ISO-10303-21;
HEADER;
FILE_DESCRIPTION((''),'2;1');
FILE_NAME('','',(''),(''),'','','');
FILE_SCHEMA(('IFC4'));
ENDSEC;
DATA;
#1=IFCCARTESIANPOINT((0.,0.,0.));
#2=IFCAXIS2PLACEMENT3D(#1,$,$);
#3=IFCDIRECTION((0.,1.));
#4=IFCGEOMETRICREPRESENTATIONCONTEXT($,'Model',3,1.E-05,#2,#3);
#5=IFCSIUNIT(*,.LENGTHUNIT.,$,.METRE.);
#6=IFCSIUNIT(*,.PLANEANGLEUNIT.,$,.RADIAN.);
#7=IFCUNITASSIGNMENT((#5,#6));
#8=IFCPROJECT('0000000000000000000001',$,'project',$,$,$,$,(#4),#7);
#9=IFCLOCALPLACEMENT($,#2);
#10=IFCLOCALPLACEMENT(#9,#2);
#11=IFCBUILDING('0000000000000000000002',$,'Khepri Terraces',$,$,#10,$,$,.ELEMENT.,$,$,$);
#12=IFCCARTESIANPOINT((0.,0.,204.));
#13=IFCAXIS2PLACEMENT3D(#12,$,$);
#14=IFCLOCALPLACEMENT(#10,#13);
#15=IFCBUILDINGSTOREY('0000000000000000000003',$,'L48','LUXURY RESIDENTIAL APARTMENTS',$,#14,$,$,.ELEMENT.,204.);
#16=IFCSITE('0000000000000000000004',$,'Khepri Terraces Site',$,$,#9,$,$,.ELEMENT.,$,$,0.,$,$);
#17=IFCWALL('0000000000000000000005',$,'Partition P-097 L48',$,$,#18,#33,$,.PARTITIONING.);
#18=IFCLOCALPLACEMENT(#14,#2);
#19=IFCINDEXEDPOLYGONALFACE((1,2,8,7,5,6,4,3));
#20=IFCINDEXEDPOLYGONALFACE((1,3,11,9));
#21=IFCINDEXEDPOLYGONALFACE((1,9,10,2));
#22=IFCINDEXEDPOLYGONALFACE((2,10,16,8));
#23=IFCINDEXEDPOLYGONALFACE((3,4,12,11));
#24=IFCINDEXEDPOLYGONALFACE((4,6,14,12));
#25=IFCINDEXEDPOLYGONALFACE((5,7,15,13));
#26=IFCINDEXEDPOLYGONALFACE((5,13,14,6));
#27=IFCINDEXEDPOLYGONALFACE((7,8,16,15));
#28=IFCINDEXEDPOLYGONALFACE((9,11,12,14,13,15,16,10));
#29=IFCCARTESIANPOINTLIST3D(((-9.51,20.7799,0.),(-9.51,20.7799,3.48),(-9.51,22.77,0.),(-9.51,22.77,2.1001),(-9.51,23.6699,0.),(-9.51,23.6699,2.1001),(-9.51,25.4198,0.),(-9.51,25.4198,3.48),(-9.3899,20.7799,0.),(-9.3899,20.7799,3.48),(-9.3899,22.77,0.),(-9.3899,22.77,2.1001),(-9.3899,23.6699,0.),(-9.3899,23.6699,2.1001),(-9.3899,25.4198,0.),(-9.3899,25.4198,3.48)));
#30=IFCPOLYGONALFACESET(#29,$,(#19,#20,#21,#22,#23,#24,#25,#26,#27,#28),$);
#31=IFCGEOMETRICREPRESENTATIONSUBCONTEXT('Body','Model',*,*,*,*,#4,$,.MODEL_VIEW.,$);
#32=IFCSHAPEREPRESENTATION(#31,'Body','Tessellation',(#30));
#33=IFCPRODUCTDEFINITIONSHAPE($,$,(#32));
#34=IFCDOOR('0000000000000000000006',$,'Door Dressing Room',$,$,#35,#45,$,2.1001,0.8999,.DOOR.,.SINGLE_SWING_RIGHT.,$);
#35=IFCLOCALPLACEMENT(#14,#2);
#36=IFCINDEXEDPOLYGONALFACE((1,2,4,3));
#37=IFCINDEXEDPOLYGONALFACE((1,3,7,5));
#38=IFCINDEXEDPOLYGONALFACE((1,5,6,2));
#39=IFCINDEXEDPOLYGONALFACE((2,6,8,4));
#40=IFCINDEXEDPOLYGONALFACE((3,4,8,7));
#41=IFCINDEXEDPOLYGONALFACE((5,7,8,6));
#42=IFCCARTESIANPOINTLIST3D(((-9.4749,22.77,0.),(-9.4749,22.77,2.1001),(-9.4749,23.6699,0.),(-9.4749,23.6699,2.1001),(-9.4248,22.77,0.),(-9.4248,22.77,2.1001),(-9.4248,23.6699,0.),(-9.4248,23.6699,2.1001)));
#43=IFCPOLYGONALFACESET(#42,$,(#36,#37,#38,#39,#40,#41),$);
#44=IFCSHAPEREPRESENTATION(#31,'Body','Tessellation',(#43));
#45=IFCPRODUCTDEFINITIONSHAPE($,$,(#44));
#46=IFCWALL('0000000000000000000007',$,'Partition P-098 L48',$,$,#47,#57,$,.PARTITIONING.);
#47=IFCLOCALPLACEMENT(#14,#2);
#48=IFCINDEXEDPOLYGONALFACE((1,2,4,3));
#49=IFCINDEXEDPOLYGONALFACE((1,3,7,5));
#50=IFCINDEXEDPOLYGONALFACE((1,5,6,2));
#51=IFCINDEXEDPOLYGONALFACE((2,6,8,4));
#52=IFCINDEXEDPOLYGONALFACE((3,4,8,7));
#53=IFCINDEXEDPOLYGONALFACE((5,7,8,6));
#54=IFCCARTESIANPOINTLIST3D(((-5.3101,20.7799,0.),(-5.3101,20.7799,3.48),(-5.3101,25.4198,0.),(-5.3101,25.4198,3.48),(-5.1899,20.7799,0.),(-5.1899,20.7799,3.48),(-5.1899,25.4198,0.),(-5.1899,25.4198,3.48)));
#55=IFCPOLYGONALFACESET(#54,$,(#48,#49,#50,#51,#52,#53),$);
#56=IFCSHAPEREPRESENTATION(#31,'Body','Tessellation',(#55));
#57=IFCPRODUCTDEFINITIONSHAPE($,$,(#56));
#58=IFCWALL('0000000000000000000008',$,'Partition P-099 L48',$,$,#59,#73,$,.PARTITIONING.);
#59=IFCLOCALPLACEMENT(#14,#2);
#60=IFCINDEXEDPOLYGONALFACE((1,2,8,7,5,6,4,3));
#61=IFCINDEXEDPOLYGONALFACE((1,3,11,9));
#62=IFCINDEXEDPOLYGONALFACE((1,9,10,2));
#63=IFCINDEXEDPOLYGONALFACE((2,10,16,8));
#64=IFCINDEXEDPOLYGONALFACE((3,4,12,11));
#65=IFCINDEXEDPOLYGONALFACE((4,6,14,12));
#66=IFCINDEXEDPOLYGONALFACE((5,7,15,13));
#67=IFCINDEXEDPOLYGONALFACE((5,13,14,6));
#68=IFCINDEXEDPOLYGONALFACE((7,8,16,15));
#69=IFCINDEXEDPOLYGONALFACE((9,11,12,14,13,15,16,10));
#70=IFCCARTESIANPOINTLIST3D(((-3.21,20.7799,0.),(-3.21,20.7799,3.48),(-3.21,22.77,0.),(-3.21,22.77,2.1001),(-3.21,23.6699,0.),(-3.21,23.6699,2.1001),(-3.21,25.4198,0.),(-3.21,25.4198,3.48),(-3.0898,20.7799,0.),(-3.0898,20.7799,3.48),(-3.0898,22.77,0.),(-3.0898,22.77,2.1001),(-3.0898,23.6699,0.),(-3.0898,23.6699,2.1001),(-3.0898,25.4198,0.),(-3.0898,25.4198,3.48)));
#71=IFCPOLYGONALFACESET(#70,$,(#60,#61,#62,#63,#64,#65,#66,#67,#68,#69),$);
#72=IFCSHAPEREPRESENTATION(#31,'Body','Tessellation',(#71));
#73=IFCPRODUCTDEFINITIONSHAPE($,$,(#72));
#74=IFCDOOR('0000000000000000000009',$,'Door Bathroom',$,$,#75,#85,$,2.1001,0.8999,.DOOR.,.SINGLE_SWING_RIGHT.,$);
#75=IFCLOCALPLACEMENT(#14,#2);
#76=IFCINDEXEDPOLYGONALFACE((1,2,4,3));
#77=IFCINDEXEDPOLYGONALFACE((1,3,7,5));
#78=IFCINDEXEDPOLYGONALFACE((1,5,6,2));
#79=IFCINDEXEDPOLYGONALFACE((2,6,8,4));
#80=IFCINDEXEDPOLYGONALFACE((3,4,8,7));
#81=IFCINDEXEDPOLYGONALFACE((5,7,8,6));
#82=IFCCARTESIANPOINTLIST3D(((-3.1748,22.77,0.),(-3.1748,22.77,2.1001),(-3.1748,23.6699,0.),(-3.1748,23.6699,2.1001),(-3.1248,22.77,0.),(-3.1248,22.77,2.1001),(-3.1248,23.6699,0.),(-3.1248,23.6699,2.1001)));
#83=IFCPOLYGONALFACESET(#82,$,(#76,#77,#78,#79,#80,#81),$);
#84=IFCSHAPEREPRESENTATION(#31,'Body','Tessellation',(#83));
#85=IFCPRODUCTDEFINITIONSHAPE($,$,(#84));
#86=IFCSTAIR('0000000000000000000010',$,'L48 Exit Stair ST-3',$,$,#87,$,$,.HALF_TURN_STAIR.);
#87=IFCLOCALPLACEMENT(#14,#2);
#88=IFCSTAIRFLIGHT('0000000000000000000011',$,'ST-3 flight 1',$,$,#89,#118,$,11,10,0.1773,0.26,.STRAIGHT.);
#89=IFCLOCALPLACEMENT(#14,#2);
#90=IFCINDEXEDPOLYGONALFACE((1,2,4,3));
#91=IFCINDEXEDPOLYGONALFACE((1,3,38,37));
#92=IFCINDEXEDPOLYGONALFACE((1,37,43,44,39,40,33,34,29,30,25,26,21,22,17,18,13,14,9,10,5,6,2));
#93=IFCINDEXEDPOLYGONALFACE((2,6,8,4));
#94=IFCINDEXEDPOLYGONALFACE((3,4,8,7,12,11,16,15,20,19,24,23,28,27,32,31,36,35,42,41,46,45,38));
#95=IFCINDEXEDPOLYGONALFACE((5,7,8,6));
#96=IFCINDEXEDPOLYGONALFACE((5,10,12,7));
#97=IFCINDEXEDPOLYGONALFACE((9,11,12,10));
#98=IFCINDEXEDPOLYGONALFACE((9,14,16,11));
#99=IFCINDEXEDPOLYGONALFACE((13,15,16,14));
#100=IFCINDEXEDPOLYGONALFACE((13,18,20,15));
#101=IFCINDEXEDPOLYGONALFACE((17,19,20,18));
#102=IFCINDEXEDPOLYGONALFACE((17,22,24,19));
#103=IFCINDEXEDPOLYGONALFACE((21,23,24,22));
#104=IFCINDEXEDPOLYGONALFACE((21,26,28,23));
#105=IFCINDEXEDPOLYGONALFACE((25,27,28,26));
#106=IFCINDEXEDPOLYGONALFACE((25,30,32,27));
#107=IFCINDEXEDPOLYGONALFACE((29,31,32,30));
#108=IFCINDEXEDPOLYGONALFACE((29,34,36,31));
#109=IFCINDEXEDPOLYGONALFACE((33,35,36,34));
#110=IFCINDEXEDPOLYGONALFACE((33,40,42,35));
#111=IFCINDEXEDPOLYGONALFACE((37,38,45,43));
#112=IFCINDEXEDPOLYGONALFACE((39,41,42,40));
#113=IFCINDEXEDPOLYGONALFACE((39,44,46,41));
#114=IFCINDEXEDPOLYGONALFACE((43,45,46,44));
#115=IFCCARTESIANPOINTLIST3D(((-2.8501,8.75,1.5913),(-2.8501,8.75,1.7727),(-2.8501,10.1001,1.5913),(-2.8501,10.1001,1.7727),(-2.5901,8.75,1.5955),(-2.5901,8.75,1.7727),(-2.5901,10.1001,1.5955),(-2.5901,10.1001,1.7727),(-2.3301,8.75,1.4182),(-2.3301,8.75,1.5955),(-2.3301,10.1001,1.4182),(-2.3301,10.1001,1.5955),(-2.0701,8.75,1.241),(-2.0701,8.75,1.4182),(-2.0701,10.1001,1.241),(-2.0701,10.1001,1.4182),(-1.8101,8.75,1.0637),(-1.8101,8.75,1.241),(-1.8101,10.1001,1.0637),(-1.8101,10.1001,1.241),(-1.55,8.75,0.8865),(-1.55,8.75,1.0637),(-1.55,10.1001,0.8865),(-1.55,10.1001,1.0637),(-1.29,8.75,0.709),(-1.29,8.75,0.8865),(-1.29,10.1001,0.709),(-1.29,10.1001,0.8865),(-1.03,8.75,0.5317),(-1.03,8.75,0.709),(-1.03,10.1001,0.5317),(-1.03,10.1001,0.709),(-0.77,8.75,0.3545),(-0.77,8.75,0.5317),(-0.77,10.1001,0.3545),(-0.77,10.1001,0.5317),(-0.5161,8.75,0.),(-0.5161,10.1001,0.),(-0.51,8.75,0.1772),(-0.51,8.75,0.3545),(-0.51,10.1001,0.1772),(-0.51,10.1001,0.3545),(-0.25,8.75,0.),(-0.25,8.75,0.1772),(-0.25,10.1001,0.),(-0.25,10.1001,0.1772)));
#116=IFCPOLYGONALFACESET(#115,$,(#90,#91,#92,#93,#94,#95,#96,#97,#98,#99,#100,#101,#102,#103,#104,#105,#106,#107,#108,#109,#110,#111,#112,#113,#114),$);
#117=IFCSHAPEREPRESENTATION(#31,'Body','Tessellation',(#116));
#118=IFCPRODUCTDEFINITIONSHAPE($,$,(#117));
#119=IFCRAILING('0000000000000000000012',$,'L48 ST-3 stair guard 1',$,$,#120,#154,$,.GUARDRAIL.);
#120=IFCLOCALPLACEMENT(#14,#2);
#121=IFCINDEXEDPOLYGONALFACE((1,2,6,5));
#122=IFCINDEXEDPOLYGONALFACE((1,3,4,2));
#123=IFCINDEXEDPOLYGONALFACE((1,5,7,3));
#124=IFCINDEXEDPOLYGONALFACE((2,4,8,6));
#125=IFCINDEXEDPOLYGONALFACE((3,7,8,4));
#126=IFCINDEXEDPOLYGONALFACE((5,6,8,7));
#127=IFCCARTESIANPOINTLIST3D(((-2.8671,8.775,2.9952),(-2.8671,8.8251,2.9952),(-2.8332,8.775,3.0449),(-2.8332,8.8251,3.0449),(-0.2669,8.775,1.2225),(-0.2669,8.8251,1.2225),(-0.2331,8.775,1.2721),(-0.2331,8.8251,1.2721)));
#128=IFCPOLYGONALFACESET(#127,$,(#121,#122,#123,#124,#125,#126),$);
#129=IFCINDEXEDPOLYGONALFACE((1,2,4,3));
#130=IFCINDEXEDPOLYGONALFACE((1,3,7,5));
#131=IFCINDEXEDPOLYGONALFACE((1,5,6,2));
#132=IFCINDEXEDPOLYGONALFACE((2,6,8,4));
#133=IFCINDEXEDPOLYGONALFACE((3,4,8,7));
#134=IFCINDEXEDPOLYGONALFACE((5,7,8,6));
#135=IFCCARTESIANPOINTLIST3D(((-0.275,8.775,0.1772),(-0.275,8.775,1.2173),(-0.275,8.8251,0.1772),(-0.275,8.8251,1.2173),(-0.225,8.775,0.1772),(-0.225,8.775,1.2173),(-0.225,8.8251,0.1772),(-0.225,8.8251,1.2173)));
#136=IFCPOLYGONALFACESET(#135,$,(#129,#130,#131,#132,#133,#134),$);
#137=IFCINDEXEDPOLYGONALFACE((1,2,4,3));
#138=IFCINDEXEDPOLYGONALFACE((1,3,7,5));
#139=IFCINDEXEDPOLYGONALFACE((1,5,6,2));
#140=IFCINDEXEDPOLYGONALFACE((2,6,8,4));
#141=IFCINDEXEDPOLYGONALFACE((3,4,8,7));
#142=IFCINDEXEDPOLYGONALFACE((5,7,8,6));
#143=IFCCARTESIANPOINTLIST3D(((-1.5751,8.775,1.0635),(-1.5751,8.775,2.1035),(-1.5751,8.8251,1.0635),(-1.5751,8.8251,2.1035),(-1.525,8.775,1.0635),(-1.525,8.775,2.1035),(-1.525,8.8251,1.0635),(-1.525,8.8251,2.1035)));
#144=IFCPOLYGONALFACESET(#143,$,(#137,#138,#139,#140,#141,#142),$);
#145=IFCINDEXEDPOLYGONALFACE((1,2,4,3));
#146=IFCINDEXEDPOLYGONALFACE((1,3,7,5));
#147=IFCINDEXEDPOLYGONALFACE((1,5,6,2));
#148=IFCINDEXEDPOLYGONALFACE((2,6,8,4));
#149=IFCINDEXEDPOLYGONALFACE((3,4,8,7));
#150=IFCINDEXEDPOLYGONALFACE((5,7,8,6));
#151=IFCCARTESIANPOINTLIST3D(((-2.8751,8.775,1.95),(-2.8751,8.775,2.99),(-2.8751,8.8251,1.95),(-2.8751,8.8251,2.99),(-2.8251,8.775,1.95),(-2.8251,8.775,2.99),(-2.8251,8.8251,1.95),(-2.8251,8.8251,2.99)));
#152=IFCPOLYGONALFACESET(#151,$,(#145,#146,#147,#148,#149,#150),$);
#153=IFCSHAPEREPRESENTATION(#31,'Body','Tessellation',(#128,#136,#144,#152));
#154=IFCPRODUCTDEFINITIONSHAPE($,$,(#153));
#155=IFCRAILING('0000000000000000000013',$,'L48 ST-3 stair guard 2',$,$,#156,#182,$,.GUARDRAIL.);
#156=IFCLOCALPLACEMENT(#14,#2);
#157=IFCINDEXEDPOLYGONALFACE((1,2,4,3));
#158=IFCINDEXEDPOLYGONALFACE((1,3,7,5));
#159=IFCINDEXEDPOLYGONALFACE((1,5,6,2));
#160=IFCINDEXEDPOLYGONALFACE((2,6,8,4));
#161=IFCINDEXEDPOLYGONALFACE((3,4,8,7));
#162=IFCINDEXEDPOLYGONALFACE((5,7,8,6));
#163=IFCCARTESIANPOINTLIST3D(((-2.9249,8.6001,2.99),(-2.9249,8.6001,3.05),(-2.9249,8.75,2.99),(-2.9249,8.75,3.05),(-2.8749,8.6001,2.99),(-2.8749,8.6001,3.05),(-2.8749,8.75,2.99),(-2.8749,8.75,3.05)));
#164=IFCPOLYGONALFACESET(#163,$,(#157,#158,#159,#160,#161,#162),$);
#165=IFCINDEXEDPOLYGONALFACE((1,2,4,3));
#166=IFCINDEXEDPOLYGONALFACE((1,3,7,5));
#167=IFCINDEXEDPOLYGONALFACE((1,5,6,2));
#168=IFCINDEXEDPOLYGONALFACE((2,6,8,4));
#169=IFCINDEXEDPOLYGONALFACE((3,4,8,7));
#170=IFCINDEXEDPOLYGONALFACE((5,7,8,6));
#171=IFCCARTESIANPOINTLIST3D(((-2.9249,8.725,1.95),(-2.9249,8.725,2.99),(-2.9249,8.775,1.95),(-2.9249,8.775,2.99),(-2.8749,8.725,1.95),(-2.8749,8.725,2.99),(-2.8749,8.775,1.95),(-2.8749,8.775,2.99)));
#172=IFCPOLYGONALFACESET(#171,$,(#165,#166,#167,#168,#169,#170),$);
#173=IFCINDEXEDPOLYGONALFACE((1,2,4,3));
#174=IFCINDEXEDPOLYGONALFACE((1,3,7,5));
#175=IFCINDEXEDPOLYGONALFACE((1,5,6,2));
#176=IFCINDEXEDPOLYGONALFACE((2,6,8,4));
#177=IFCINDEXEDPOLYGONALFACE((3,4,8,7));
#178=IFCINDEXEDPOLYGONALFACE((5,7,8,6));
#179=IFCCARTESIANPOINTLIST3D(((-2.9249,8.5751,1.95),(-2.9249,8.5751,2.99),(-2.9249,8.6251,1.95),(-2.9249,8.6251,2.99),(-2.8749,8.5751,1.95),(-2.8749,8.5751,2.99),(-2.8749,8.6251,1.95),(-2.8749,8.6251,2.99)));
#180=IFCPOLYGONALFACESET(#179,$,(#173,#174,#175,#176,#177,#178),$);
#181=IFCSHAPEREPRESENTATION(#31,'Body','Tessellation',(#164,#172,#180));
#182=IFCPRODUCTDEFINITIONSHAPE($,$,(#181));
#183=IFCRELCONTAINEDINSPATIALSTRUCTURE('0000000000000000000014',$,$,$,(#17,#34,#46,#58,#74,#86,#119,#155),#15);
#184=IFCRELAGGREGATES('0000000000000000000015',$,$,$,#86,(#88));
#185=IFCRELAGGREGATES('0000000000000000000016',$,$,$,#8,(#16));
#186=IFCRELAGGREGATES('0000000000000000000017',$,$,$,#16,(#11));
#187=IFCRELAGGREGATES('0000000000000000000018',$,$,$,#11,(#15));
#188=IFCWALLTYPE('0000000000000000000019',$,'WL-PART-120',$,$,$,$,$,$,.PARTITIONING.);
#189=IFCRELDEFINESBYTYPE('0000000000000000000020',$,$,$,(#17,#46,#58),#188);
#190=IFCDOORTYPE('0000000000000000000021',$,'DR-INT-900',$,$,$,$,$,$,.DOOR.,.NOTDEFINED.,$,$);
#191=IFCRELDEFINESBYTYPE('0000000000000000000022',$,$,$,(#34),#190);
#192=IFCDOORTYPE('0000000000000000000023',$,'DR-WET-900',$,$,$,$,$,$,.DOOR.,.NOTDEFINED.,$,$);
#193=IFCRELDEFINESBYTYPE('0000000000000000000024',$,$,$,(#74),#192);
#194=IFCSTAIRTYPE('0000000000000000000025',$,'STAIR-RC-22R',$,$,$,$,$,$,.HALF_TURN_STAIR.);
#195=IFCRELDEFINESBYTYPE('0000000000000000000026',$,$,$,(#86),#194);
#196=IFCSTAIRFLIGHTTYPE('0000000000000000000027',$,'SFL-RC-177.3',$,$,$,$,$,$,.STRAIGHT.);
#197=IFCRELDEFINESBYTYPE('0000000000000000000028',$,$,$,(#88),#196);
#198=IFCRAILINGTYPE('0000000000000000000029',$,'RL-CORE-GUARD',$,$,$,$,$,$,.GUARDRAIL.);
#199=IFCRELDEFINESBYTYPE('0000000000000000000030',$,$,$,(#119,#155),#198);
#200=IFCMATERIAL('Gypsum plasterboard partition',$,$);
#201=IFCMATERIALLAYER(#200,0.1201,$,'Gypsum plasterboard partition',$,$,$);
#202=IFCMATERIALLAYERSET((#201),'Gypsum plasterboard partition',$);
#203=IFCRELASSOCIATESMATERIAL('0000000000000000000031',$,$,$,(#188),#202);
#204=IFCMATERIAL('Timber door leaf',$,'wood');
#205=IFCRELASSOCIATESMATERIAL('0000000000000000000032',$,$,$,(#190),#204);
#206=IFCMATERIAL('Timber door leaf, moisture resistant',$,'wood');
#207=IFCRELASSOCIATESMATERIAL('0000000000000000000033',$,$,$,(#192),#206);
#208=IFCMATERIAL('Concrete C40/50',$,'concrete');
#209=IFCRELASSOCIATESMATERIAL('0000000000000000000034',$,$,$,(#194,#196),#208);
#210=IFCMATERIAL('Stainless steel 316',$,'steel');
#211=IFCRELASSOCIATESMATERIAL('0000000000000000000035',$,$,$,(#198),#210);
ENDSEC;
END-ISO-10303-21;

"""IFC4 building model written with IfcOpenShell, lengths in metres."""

from ifc_helpers import new_model, si_unit, direction, frame, frame_2d, origin, origin_2d, place, context, subcontext, project, spatial, polyline, rectangle, outline, extrude, material, layer, layer_set, type_object, element, fill, aggregate, save


model = new_model("IFC4")

# Units and contexts
model_context = context("Model", 3, precision=1e-05, world=origin(), true_north=direction((0.0, 1.0)))
body_context = subcontext(model_context, "Body", "Model", "MODEL_VIEW")
ifc_project = project(units=[si_unit("LENGTHUNIT", "METRE"), si_unit("PLANEANGLEUNIT", "RADIAN")], contexts=[model_context])

# Site, building, storey
site_placement = place(None, origin())
site = spatial("IfcSite", under=ifc_project, at=site_placement, Name="Khepri Terraces Site", CompositionType="ELEMENT", RefElevation=0.0)
building_placement = place(site_placement, origin())
building = spatial("IfcBuilding", under=site, at=building_placement, Name="Khepri Terraces", CompositionType="ELEMENT")
storey_placement = place(building_placement, frame((0.0, 0.0, 204.0)))
storey = spatial("IfcBuildingStorey", under=building, at=storey_placement, Name="L48", Description="LUXURY RESIDENTIAL APARTMENTS", CompositionType="ELEMENT", Elevation=204.0)

# Shared definitions
ifc_material_1 = material(Name="Gypsum plasterboard partition")
ifc_layer_1 = layer(ifc_material_1, 0.1201, Name="Gypsum plasterboard partition")
ifc_layer_set_1 = layer_set([ifc_layer_1], Name="Gypsum plasterboard partition")
wall_type_1 = type_object("IfcWallType", Name="WL-PART-120", PredefinedType="PARTITIONING", material=ifc_layer_set_1)

# Wall, opening, door
wall_1_placement = place(storey_placement, frame((-9.45, 20.78, 0.0), z_axis=(0.0, 0.0, 1.0), x_axis=(0.0, 1.0, 0.0)))
wall_1 = element("IfcWall", 1, at=wall_1_placement, inside=storey, type_object=wall_type_1, Name="Partition P-097 L48", PredefinedType="PARTITIONING", context=body_context, shape_type="SweptSolid", body=[
    extrude(rectangle(XDim=4.6399, YDim=0.1201, at=frame_2d((2.3198, 0.0))), origin(), (0.0, 0.0, 1.0), 3.48),
])
opening_1_placement = place(wall_1_placement, frame((1.99, 0.0, 0.0)))
opening_1 = element("IfcOpeningElement", 2, at=opening_1_placement, cuts=wall_1, PredefinedType="OPENING", context=body_context, shape_type="SweptSolid", body=[
    extrude(rectangle(XDim=0.8999, YDim=2.1001, at=frame_2d((0.45, 1.05))), frame((0.0, 0.0701, 0.0), z_axis=(0.0, -1.0, 0.0), x_axis=(1.0, 0.0, 0.0)), (0.0, 0.0, 1.0), 0.1401),
])
ifc_material_2 = material(Name="Timber door leaf", Category="wood")
door_type_1 = type_object("IfcDoorType", Name="DR-INT-900", OperationType="NOTDEFINED", PredefinedType="DOOR", material=ifc_material_2)
door_1_placement = place(opening_1_placement, origin())
door_1 = element("IfcDoor", 3, at=door_1_placement, inside=storey, type_object=door_type_1, Name="Door Dressing Room", OperationType="SINGLE_SWING_RIGHT", OverallHeight=2.1001, OverallWidth=0.8999, PredefinedType="DOOR", context=body_context, shape_type="SweptSolid", body=[
    extrude(rectangle(XDim=0.8999, YDim=2.1001, at=frame_2d((0.45, 1.05))), frame((0.0, 0.0249, 0.0), z_axis=(0.0, -1.0, 0.0), x_axis=(1.0, 0.0, 0.0)), (0.0, 0.0, 1.0), 0.05),
])
fill(opening_1, door_1)

# Wall
wall_2_placement = place(storey_placement, frame((-5.25, 20.78, 0.0), z_axis=(0.0, 0.0, 1.0), x_axis=(0.0, 1.0, 0.0)))
element("IfcWall", 4, at=wall_2_placement, inside=storey, type_object=wall_type_1, Name="Partition P-098 L48", PredefinedType="PARTITIONING", context=body_context, shape_type="SweptSolid", body=[
    extrude(rectangle(XDim=4.6399, YDim=0.1201, at=frame_2d((2.3198, 0.0))), origin(), (0.0, 0.0, 1.0), 3.48),
])

# Wall, opening, door
wall_3_placement = place(storey_placement, frame((-3.1499, 20.78, 0.0), z_axis=(0.0, 0.0, 1.0), x_axis=(0.0, 1.0, 0.0)))
wall_3 = element("IfcWall", 5, at=wall_3_placement, inside=storey, type_object=wall_type_1, Name="Partition P-099 L48", PredefinedType="PARTITIONING", context=body_context, shape_type="SweptSolid", body=[
    extrude(rectangle(XDim=4.6399, YDim=0.1201, at=frame_2d((2.3198, 0.0))), origin(), (0.0, 0.0, 1.0), 3.48),
])
opening_2_placement = place(wall_3_placement, frame((1.99, 0.0, 0.0)))
opening_2 = element("IfcOpeningElement", 6, at=opening_2_placement, cuts=wall_3, PredefinedType="OPENING", context=body_context, shape_type="SweptSolid", body=[
    extrude(rectangle(XDim=0.8999, YDim=2.1001, at=frame_2d((0.45, 1.05))), frame((0.0, 0.0701, 0.0), z_axis=(0.0, -1.0, 0.0), x_axis=(1.0, 0.0, 0.0)), (0.0, 0.0, 1.0), 0.1401),
])
ifc_material_3 = material(Name="Timber door leaf, moisture resistant", Category="wood")
door_type_2 = type_object("IfcDoorType", Name="DR-WET-900", OperationType="NOTDEFINED", PredefinedType="DOOR", material=ifc_material_3)
door_2_placement = place(opening_2_placement, origin())
door_2 = element("IfcDoor", 7, at=door_2_placement, inside=storey, type_object=door_type_2, Name="Door Bathroom", OperationType="SINGLE_SWING_RIGHT", OverallHeight=2.1001, OverallWidth=0.8999, PredefinedType="DOOR", context=body_context, shape_type="SweptSolid", body=[
    extrude(rectangle(XDim=0.8999, YDim=2.1001, at=frame_2d((0.45, 1.05))), frame((0.0, 0.0249, 0.0), z_axis=(0.0, -1.0, 0.0), x_axis=(1.0, 0.0, 0.0)), (0.0, 0.0, 1.0), 0.05),
])
fill(opening_2, door_2)

# Stair, stair flight
ifc_material_4 = material(Name="Concrete C40/50", Category="concrete")
stair_type = type_object("IfcStairType", Name="STAIR-RC-22R", PredefinedType="HALF_TURN_STAIR", material=ifc_material_4)
stair_placement = place(storey_placement, origin())
stair = element("IfcStair", 8, at=stair_placement, inside=storey, type_object=stair_type, Name="L48 Exit Stair ST-3", PredefinedType="HALF_TURN_STAIR")
stair_flight_type = type_object("IfcStairFlightType", Name="SFL-RC-177.3", PredefinedType="STRAIGHT", material=ifc_material_4)
stair_flight_placement = place(storey_placement, frame((-0.25, 9.425, 0.0), z_axis=(0.0, 0.0, 1.0), x_axis=(-1.0, 0.0, 0.0)))
stair_flight = element("IfcStairFlight", 9, at=stair_flight_placement, type_object=stair_flight_type, Name="ST-3 flight 1", NumberOfRisers=11, NumberOfTreads=10, PredefinedType="STRAIGHT", RiserHeight=0.1773, TreadLength=0.26, context=body_context, shape_type="SweptSolid", body=[
    extrude(outline(polyline([(0.0, 0.0), (0.0, 0.1772), (0.26, 0.1772), (0.26, 0.3545), (0.52, 0.3545), (0.52, 0.5317), (0.78, 0.5317), (0.78, 0.709), (1.04, 0.709), (1.04, 0.8865), (1.3, 0.8865), (1.3, 1.0637), (1.5601, 1.0637), (1.5601, 1.241), (1.8201, 1.241), (1.8201, 1.4182), (2.0801, 1.4182), (2.0801, 1.5955), (2.3401, 1.5955), (2.3401, 1.7727), (2.6001, 1.7727), (2.6001, 1.95), (2.6001, 1.5913), (0.2661, 0.0), (0.0, 0.0)])), frame((0.0, 0.675, 0.0), z_axis=(0.0, -1.0, 0.0), x_axis=(1.0, 0.0, 0.0)), (0.0, 0.0, 1.0), 1.3501),
])
aggregate(stair, [stair_flight])

# Railings
ifc_material_5 = material(Name="Stainless steel 316", Category="steel")
railing_type_1 = type_object("IfcRailingType", Name="RL-CORE-GUARD", PredefinedType="GUARDRAIL", material=ifc_material_5)
railing_1_placement = place(storey_placement, frame((-0.25, 8.8, 0.1772)))
element("IfcRailing", 10, at=railing_1_placement, inside=storey, type_object=railing_type_1, Name="L48 ST-3 stair guard 1", PredefinedType="GUARDRAIL", context=body_context, shape_type="SweptSolid", body=[
    extrude(rectangle(XDim=0.05, YDim=0.0601, at=origin_2d()), frame((0.0, 0.0, 1.0701), z_axis=(-0.82624, 0.0, 0.563318), x_axis=(0.0, -1.0, 0.0)), (0.0, 0.0, 1.0), 3.147),
    extrude(rectangle(XDim=0.05, YDim=0.05, at=origin_2d()), origin(), (0.0, 0.0, 1.0), 1.04),
    extrude(rectangle(XDim=0.05, YDim=0.05, at=origin_2d()), frame((-1.3, 0.0, 0.8862)), (0.0, 0.0, 1.0), 1.04),
    extrude(rectangle(XDim=0.05, YDim=0.05, at=origin_2d()), frame((-2.6001, 0.0, 1.7727)), (0.0, 0.0, 1.0), 1.04),
])
for number, where, name in (
    (11, (-2.8999, 8.75, 1.95), "L48 ST-3 stair guard 2"),
):
    element("IfcRailing", number, at=place(storey_placement, frame(where)), inside=storey, type_object=railing_type_1, Name=name, PredefinedType="GUARDRAIL", context=body_context, shape_type="SweptSolid", body=[
        extrude(rectangle(XDim=0.05, YDim=0.0601, at=origin_2d()), frame((0.0, 0.0, 1.0701), z_axis=(0.0, -1.0, 0.0), x_axis=(1.0, 0.0, 0.0)), (0.0, 0.0, 1.0), 0.1499),
        extrude(rectangle(XDim=0.05, YDim=0.05, at=origin_2d()), origin(), (0.0, 0.0, 1.0), 1.04),
        extrude(rectangle(XDim=0.05, YDim=0.05, at=origin_2d()), frame((0.0, -0.1499, 0.0)), (0.0, 0.0, 1.0), 1.04),
    ])

save(model, "model.ifc")
